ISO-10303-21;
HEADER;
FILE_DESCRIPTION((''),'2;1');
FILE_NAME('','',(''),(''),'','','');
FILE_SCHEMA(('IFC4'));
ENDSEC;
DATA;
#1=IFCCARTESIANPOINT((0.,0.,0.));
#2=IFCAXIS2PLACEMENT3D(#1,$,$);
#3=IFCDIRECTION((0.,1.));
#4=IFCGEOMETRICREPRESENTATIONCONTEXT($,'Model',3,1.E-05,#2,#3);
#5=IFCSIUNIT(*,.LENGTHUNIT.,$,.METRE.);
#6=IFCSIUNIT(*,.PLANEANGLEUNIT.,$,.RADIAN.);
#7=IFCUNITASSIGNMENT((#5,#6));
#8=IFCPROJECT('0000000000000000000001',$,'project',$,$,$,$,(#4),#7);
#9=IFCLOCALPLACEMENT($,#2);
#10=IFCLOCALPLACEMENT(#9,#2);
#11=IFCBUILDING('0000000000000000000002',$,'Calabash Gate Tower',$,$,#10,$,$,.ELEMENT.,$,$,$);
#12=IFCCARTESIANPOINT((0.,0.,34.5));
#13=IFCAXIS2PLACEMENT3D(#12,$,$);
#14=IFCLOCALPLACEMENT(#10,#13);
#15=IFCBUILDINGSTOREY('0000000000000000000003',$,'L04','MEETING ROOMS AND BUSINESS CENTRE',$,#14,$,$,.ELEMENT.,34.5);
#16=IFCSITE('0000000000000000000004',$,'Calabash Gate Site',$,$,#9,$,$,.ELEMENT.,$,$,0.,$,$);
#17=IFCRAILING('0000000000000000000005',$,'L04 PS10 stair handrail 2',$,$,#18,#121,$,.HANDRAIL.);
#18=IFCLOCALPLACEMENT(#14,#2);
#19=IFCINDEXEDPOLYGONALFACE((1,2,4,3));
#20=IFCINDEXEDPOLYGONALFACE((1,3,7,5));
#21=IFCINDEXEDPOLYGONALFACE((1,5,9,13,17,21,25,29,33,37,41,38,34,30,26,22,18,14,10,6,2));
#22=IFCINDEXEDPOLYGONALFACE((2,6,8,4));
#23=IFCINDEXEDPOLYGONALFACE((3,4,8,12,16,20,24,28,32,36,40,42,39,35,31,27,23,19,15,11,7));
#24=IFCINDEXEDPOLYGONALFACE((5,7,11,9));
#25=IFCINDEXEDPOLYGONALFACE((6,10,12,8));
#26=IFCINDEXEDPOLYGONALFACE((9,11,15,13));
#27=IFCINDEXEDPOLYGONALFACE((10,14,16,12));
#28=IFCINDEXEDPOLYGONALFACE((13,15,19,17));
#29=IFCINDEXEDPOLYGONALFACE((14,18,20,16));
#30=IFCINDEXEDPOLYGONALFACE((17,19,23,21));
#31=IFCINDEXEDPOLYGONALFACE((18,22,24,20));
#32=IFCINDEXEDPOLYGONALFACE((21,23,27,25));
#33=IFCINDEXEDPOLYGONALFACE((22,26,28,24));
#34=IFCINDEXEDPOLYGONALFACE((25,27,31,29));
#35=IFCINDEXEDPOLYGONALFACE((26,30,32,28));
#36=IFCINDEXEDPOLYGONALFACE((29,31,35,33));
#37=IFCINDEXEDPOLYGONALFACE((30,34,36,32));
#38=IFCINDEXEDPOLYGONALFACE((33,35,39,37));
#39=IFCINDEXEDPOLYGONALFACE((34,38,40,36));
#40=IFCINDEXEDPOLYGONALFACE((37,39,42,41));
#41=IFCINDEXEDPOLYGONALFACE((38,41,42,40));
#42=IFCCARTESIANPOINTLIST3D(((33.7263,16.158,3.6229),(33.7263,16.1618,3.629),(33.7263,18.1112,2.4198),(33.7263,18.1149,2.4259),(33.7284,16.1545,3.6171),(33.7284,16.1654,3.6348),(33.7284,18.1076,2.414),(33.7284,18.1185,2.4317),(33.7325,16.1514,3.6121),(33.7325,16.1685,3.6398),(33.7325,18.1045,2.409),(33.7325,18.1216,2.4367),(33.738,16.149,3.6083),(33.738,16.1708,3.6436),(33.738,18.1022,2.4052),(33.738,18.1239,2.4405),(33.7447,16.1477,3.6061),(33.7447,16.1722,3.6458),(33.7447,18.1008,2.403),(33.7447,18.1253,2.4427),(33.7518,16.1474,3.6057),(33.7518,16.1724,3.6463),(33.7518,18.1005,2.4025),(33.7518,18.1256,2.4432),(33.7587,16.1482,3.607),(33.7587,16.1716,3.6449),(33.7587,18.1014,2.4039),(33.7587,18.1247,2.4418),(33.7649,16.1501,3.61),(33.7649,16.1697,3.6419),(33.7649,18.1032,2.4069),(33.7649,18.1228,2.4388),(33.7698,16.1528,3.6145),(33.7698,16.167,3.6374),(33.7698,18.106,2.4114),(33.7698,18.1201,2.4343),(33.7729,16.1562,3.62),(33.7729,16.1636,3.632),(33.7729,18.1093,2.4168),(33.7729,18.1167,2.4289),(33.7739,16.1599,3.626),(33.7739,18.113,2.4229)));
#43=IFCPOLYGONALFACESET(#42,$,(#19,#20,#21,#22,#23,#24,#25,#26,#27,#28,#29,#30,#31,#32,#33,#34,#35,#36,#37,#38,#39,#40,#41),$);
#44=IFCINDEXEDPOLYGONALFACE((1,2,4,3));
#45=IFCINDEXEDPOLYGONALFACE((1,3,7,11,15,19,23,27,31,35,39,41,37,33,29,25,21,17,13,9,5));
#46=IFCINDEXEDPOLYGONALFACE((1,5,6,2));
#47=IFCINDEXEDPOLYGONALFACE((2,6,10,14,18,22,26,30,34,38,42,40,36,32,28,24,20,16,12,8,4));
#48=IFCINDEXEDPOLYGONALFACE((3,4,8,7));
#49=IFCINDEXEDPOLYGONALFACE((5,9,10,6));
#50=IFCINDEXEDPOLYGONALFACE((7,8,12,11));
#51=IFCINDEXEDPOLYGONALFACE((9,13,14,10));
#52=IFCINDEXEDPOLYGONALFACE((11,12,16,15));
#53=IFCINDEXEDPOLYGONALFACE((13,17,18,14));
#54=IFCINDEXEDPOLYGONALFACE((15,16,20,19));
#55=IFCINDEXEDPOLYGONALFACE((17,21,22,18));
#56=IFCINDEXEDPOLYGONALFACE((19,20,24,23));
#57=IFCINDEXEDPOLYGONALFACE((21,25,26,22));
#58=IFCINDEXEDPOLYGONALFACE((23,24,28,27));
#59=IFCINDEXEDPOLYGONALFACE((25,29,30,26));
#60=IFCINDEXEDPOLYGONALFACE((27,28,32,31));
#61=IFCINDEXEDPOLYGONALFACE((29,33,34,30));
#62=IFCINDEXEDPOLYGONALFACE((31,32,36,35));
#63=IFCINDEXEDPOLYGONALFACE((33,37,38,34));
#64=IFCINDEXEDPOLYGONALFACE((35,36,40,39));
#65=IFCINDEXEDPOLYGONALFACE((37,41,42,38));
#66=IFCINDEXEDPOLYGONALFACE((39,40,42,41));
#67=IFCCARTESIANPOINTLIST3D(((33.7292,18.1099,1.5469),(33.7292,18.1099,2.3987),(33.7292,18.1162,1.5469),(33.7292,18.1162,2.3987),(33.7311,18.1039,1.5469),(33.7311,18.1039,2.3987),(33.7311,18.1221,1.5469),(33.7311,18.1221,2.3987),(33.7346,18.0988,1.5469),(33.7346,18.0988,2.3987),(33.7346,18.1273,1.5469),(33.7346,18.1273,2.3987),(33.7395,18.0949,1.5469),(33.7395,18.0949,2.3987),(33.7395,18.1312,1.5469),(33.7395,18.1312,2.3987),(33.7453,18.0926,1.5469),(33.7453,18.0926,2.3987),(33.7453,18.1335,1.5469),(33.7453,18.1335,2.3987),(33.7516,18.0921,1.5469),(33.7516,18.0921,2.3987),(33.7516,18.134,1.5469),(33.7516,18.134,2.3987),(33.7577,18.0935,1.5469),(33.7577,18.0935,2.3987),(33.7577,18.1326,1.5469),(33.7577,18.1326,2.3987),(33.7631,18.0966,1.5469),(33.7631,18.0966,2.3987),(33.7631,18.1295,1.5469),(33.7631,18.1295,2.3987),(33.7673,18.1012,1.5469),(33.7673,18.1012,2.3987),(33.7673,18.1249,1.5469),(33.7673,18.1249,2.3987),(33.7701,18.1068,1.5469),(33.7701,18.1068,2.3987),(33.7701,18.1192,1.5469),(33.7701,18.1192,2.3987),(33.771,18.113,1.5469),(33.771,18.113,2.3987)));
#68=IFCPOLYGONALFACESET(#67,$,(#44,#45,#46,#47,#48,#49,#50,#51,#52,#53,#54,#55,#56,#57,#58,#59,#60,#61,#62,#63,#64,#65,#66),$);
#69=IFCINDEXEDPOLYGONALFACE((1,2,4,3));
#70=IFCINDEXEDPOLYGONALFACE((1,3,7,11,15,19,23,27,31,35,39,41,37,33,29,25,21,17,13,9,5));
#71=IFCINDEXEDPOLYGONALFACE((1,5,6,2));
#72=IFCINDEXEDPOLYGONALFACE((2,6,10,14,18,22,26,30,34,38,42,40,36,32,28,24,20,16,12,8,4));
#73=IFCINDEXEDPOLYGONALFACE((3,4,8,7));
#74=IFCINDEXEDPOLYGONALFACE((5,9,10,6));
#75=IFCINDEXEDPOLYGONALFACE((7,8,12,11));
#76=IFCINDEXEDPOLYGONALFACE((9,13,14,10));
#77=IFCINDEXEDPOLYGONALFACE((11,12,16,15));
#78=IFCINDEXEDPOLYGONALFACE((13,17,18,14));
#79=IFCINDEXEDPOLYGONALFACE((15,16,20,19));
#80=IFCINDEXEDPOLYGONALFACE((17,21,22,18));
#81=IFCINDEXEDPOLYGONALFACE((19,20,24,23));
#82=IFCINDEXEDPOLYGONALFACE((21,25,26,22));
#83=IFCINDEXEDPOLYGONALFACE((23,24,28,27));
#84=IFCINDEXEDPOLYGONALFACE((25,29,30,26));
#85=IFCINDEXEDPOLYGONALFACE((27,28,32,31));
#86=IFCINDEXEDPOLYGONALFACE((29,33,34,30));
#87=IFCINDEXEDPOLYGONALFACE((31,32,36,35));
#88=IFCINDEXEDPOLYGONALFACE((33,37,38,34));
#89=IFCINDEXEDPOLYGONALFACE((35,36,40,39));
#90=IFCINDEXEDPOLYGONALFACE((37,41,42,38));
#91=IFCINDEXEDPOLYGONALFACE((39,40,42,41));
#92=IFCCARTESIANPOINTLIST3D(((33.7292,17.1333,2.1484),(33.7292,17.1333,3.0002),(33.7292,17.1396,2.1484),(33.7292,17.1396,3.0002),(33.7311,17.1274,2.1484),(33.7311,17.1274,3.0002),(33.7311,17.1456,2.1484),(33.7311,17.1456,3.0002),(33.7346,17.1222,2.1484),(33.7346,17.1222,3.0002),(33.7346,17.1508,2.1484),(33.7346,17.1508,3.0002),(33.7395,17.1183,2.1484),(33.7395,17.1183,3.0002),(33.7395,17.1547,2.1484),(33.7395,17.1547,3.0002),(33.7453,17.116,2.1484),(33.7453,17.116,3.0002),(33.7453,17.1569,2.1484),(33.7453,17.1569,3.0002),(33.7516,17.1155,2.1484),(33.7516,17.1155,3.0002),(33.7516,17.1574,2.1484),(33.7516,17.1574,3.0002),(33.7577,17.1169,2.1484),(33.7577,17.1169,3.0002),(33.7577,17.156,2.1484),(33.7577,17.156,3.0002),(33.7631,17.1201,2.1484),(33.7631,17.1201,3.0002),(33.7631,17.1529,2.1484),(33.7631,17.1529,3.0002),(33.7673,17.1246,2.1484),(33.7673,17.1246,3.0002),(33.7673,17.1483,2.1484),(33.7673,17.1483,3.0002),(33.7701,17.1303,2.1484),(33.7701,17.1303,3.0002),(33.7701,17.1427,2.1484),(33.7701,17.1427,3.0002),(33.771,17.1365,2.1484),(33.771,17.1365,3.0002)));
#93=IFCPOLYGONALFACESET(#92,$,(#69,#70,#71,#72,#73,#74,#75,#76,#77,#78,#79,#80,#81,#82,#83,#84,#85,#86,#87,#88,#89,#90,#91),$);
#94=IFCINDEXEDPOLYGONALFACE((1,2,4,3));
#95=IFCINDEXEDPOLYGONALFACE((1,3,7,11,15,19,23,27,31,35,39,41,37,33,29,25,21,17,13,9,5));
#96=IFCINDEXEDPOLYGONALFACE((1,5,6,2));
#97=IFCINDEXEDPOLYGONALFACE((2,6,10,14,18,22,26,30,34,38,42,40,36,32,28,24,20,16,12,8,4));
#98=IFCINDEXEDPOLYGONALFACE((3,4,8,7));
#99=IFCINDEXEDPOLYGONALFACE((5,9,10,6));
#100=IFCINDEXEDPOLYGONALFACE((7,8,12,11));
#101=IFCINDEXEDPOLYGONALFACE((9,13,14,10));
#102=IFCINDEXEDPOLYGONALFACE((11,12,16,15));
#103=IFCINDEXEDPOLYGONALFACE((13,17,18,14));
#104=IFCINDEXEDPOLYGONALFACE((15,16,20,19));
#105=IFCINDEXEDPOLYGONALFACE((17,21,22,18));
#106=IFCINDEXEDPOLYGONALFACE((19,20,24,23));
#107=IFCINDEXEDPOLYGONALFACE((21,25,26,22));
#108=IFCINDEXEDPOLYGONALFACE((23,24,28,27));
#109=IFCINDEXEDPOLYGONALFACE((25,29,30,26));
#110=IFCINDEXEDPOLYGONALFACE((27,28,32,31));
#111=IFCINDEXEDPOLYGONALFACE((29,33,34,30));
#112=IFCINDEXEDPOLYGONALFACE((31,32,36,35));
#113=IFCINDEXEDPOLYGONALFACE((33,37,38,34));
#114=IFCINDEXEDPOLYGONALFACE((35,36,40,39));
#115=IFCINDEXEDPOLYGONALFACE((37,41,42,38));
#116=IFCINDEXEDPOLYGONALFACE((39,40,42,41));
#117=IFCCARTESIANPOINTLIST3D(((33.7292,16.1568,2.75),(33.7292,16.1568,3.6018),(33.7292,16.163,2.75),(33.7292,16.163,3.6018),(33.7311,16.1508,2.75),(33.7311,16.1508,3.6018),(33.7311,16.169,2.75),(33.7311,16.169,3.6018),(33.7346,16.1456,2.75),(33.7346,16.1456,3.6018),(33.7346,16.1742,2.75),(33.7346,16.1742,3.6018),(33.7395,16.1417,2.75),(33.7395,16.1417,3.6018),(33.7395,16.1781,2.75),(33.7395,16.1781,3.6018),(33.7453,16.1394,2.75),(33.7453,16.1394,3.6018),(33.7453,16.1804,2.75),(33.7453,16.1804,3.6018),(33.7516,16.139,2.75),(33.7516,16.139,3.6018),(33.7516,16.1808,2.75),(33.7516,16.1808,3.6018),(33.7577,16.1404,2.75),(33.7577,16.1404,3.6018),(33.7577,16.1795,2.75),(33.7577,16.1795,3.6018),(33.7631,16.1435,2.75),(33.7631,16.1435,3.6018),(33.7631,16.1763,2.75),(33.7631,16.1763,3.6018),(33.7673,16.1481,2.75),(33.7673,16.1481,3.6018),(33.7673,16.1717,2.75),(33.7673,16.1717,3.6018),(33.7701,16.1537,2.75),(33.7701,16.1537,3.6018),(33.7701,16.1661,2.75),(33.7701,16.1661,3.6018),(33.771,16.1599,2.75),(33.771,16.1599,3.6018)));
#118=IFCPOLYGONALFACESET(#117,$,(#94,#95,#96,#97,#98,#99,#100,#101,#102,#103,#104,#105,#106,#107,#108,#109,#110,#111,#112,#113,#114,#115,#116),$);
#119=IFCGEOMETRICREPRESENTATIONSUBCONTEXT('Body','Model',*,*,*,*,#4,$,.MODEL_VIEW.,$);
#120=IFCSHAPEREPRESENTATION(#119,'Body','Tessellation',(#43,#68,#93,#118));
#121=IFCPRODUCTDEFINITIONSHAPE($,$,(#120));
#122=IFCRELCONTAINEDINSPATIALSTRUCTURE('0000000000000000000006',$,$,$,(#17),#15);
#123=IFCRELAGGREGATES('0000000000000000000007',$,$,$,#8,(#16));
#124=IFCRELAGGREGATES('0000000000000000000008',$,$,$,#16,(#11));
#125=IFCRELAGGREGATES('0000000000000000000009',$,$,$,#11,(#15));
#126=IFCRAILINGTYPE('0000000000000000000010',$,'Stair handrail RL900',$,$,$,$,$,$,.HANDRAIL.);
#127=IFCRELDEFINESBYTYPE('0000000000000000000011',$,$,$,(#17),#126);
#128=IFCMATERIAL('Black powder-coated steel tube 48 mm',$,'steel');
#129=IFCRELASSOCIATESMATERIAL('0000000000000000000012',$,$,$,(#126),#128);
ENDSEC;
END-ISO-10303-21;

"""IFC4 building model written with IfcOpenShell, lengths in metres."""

from ifc_helpers import new_model, si_unit, direction, frame, origin, origin_2d, place, context, subcontext, project, spatial, circle, extrude, material, type_object, element, save


model = new_model("IFC4")

# Units and contexts
model_context = context("Model", 3, precision=1e-05, world=origin(), true_north=direction((0.0, 1.0)))
body_context = subcontext(model_context, "Body", "Model", "MODEL_VIEW")
ifc_project = project(units=[si_unit("LENGTHUNIT", "METRE"), si_unit("PLANEANGLEUNIT", "RADIAN")], contexts=[model_context])

# Site, building, storey
site_placement = place(None, origin())
site = spatial("IfcSite", under=ifc_project, at=site_placement, Name="Calabash Gate Site", CompositionType="ELEMENT", RefElevation=0.0)
building_placement = place(site_placement, origin())
building = spatial("IfcBuilding", under=site, at=building_placement, Name="Calabash Gate Tower", CompositionType="ELEMENT")
storey_placement = place(building_placement, frame((0.0, 0.0, 34.5)))
storey = spatial("IfcBuildingStorey", under=building, at=storey_placement, Name="L04", Description="MEETING ROOMS AND BUSINESS CENTRE", CompositionType="ELEMENT", Elevation=34.5)

# Railing
ifc_material_1 = material(Name="Black powder-coated steel tube 48 mm", Category="steel")
railing_type_1 = type_object("IfcRailingType", Name="Stair handrail RL900", PredefinedType="HANDRAIL", material=ifc_material_1)
railing_1_placement = place(storey_placement, frame((33.75, 18.113, 1.5469)))
element("IfcRailing", 1, at=railing_1_placement, inside=storey, type_object=railing_type_1, Name="L04 PS10 stair handrail 2", PredefinedType="HANDRAIL", context=body_context, shape_type="SweptSolid", body=[
    extrude(circle(Radius=0.0239, at=origin_2d()), frame((0.0, 0.0, 0.876), z_axis=(0.0, -0.851424, 0.524477), x_axis=(1.0, 0.0, 0.0)), (0.0, 0.0, 1.0), 2.2939),
    extrude(circle(Radius=0.021, at=origin_2d()), origin(), (0.0, 0.0, 1.0), 0.8518),
    extrude(circle(Radius=0.021, at=origin_2d()), frame((0.0, -0.9766, 0.6016)), (0.0, 0.0, 1.0), 0.8518),
    extrude(circle(Radius=0.021, at=origin_2d()), frame((0.0, -1.9531, 1.2031)), (0.0, 0.0, 1.0), 0.8518),
])

save(model, "model.ifc")
